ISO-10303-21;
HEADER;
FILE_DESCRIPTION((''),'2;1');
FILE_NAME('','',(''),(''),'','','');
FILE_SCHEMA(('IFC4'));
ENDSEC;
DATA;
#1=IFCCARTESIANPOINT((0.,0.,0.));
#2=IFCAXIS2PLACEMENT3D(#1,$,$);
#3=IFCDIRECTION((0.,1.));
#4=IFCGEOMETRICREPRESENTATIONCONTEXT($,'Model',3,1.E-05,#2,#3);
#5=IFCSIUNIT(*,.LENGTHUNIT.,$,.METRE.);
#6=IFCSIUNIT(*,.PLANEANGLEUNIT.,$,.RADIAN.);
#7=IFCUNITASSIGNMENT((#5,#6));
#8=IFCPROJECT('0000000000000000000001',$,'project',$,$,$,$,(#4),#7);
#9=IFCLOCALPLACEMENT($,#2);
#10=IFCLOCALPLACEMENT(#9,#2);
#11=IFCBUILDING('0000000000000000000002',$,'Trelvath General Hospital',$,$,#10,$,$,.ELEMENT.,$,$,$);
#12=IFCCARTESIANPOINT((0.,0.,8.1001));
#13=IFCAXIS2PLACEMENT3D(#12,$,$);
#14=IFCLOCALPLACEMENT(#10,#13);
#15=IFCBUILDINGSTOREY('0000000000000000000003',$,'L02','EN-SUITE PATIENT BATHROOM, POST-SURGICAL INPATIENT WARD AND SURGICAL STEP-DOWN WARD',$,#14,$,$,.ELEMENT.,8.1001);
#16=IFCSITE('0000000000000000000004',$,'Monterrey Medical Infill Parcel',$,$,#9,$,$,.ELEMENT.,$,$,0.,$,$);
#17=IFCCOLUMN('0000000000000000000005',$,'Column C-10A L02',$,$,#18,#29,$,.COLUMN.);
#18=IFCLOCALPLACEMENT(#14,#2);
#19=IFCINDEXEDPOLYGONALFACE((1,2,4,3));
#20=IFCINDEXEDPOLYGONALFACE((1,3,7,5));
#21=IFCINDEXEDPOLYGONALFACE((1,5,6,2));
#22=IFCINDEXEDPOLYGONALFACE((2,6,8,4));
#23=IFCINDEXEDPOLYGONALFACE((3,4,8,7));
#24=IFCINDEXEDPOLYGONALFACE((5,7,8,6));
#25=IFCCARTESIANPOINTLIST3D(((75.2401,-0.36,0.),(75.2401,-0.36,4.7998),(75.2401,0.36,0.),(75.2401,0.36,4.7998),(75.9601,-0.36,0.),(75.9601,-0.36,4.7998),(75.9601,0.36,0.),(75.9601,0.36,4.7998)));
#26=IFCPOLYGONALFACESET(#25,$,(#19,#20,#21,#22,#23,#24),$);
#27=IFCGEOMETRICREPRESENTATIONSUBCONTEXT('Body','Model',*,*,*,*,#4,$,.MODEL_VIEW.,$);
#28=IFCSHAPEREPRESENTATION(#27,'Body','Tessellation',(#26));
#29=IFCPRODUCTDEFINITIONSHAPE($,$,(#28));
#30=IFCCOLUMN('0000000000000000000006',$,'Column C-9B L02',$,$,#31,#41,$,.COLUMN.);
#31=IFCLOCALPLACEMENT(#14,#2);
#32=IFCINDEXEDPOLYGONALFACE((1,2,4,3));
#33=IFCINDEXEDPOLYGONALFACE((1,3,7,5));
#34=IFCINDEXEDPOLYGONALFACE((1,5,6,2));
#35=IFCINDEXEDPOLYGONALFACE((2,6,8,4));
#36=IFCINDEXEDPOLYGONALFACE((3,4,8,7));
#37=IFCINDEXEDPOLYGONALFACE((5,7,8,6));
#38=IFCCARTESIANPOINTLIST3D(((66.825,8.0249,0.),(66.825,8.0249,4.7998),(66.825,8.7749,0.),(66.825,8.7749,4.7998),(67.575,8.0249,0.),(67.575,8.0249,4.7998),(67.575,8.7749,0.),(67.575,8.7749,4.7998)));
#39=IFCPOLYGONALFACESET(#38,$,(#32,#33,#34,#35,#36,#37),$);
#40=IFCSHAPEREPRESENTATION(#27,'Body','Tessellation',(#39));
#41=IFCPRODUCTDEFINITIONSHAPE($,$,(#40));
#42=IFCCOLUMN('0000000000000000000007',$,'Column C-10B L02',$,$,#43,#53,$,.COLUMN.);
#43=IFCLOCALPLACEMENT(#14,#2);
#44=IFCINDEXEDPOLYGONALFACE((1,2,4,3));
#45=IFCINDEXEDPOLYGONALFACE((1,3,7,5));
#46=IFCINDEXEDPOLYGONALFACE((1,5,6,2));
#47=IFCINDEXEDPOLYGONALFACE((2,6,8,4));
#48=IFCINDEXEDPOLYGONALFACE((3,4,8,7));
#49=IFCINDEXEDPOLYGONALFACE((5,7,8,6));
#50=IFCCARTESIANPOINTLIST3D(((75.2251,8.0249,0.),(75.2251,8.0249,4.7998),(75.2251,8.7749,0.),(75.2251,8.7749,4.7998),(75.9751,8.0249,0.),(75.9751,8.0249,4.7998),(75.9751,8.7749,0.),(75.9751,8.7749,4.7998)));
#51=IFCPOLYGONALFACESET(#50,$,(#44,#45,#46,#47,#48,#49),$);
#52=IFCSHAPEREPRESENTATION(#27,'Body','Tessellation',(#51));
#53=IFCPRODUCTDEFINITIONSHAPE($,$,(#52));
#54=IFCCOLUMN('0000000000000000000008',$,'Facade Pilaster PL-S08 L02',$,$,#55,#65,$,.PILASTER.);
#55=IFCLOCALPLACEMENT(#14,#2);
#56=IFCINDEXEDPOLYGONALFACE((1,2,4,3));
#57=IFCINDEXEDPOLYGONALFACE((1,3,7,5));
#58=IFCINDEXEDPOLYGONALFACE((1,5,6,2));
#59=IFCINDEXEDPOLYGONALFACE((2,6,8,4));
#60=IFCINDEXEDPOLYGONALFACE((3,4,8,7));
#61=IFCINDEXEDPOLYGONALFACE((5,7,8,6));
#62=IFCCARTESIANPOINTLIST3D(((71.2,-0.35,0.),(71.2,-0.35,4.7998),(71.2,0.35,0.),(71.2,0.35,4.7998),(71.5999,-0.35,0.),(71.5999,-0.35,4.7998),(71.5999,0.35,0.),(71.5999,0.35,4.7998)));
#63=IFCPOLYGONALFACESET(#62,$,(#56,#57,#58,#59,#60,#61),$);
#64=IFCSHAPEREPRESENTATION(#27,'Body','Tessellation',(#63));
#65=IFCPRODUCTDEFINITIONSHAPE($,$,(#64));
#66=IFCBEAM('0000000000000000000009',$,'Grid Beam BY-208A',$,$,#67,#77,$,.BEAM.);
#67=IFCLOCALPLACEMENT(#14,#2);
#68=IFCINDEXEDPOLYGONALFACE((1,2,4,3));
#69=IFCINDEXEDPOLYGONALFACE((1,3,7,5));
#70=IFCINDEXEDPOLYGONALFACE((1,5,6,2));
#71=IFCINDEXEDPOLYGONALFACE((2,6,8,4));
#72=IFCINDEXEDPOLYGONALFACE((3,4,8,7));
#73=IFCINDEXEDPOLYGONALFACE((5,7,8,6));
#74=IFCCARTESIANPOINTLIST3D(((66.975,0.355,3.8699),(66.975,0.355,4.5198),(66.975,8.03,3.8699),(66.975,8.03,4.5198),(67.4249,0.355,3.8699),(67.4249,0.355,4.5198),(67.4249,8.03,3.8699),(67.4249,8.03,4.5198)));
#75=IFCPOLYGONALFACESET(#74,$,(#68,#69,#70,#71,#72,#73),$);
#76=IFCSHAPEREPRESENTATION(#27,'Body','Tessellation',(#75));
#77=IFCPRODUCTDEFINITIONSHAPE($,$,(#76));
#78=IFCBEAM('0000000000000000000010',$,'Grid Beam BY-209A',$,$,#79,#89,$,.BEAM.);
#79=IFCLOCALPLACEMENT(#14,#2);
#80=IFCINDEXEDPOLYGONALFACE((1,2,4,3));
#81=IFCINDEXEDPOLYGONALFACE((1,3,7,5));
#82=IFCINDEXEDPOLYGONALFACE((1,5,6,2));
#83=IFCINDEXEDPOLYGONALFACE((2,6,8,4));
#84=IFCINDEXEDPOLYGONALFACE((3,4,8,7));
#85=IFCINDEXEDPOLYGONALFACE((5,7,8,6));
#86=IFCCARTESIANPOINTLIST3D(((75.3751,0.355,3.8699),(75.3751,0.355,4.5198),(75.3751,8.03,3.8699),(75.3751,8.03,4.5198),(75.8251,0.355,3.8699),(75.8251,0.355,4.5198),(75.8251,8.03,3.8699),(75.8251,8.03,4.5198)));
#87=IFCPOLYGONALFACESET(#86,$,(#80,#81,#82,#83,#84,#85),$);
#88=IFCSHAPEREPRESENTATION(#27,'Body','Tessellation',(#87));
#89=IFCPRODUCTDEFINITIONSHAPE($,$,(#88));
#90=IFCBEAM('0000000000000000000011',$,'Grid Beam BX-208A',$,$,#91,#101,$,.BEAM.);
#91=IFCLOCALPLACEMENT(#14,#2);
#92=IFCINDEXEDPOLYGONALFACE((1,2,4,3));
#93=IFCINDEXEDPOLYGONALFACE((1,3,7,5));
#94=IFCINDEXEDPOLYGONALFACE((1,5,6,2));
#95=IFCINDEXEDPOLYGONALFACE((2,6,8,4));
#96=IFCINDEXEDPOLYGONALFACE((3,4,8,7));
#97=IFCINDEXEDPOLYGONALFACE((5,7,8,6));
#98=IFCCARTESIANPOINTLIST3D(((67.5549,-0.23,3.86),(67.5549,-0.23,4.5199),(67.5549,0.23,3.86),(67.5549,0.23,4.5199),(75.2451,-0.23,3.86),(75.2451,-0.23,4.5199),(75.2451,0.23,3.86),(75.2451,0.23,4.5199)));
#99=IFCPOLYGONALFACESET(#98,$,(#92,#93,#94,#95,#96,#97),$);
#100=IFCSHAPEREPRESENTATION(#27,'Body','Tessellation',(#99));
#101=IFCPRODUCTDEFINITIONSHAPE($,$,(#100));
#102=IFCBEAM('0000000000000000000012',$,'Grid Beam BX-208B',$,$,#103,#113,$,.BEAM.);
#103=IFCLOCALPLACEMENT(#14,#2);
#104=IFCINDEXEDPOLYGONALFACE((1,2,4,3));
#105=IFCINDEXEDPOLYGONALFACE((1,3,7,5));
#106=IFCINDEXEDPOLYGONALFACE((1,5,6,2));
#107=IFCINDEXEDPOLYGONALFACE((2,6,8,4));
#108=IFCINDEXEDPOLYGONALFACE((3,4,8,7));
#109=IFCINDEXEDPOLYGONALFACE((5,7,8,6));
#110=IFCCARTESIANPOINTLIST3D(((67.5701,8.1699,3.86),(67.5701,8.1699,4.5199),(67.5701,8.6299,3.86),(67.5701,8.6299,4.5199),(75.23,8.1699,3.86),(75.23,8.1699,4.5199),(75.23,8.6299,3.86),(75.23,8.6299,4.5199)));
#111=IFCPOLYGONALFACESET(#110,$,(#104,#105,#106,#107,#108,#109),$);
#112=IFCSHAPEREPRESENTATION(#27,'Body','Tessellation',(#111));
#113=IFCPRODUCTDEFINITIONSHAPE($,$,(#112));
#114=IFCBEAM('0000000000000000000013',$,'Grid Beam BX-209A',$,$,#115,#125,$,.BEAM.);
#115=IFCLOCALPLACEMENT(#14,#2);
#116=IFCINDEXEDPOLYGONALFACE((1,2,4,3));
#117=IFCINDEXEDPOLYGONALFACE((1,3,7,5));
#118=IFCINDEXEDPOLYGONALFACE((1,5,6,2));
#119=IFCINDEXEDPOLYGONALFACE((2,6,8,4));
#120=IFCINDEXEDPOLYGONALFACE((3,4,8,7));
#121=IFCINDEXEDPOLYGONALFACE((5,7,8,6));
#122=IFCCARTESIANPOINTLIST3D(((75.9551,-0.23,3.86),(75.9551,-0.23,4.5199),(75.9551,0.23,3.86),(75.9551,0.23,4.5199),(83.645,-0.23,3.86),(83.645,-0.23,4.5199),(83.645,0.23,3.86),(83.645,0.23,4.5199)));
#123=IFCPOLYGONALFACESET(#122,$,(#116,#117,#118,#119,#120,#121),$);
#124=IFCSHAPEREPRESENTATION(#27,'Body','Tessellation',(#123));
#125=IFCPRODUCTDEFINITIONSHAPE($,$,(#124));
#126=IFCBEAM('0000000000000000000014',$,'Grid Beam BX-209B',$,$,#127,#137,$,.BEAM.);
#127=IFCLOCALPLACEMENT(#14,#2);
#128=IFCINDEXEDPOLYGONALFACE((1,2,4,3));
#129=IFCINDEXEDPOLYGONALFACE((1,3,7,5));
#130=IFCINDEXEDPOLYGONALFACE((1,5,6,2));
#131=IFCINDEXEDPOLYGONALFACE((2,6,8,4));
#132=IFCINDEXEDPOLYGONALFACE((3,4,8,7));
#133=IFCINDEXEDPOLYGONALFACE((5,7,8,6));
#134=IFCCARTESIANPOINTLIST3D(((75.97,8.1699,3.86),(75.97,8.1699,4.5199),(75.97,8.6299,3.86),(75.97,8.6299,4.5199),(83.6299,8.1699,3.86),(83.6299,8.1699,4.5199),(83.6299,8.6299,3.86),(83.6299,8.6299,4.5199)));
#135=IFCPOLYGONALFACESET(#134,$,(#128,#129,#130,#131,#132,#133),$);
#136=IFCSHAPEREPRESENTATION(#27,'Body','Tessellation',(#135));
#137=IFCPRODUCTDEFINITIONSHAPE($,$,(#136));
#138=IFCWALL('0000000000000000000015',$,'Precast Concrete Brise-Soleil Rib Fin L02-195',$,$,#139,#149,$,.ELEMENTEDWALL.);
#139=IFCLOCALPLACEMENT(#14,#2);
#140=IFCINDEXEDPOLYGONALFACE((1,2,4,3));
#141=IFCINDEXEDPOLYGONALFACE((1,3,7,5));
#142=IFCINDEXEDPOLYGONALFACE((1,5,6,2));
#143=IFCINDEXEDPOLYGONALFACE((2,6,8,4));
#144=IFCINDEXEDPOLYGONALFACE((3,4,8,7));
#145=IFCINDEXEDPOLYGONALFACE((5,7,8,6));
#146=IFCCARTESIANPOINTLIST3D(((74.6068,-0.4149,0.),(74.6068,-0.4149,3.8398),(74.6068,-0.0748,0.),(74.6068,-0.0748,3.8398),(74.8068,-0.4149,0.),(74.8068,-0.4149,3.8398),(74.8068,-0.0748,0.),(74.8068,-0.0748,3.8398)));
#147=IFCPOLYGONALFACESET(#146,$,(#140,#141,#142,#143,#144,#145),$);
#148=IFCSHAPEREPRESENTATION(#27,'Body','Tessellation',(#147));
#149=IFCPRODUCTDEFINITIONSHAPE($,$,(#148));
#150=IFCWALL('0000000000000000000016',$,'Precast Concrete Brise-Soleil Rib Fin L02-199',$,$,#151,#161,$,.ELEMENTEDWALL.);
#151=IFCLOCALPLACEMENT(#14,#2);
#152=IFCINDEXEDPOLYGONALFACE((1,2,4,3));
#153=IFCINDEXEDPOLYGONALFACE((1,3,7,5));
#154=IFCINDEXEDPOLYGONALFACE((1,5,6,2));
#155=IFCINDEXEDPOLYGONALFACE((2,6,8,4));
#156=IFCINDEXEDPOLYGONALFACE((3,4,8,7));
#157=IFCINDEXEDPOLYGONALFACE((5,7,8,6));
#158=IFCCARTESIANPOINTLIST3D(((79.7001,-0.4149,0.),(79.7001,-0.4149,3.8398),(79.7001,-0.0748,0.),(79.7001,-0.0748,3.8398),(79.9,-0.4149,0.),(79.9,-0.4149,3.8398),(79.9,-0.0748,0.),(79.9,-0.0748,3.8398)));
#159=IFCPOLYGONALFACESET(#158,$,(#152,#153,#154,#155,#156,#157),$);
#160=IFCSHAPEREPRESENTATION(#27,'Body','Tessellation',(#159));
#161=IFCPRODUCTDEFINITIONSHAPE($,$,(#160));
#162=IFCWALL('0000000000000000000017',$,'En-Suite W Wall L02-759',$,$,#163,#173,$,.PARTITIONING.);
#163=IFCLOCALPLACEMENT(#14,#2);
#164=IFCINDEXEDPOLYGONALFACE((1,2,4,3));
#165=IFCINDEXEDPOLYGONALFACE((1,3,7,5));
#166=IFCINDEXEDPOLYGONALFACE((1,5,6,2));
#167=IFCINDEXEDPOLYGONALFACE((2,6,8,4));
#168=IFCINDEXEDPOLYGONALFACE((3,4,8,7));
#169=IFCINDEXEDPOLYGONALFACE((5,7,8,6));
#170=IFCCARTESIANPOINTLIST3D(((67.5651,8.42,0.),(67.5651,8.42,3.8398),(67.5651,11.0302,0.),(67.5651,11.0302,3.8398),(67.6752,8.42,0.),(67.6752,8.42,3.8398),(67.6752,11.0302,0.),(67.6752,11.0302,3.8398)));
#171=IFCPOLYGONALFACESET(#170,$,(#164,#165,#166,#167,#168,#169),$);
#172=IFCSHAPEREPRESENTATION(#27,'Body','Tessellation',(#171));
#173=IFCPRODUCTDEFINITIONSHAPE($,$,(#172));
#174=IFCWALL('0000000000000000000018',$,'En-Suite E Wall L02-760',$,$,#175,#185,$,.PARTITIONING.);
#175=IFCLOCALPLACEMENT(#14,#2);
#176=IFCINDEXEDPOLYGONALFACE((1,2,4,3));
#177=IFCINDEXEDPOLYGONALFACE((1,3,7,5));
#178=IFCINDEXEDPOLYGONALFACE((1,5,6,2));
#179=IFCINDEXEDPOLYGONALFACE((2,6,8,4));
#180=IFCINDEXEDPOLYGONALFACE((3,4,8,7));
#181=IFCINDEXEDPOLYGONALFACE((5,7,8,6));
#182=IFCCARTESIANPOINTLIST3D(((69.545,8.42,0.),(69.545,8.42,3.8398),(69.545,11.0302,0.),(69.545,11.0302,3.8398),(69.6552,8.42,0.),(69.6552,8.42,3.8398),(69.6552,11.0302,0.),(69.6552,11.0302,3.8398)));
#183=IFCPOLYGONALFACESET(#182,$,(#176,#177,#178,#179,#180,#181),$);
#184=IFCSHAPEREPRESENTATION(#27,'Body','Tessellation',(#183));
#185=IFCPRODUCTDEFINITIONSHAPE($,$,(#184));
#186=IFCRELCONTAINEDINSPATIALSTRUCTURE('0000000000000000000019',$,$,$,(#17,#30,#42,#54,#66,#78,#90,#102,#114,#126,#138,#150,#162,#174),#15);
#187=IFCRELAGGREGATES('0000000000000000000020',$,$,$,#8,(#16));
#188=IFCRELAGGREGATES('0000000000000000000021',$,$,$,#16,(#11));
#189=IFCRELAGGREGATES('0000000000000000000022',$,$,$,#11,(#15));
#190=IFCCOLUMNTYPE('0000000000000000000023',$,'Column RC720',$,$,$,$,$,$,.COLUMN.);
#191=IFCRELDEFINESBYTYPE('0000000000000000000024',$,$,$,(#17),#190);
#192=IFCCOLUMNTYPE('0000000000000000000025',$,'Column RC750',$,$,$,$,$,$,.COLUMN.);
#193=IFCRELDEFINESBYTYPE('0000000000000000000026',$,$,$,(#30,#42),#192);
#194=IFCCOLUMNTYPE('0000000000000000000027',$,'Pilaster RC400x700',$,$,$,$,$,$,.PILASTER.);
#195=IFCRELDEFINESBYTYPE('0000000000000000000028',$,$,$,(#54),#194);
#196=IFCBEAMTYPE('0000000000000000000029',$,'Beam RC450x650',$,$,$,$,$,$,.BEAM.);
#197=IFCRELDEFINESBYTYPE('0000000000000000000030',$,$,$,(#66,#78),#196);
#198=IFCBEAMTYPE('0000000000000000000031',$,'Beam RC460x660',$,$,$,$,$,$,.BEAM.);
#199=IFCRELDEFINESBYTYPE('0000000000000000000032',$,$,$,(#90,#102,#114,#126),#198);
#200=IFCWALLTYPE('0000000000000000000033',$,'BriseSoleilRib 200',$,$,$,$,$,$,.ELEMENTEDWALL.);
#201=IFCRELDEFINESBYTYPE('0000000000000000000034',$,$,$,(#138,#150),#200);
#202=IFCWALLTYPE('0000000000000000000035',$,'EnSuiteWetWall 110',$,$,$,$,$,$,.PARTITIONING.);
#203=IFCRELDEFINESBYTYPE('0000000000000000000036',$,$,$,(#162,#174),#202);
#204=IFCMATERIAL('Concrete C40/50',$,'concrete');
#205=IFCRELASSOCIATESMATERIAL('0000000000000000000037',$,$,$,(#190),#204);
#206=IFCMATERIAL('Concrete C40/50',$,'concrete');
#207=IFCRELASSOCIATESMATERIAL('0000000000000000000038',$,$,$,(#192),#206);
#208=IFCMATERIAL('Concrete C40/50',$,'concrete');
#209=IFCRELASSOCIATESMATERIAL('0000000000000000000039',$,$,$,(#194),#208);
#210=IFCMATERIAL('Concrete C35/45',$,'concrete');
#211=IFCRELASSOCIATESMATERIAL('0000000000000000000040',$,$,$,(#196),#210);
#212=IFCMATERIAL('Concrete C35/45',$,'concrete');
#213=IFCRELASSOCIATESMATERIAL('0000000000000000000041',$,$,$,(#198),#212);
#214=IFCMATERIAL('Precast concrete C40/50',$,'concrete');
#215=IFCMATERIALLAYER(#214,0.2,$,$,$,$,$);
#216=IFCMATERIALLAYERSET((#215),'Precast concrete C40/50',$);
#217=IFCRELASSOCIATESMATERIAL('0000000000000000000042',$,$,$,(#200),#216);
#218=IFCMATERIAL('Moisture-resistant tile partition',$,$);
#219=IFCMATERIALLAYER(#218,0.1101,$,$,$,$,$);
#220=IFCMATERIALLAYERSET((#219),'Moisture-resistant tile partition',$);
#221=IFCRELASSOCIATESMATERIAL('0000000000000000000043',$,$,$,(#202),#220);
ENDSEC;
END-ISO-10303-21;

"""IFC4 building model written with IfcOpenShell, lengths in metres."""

from ifc_helpers import new_model, si_unit, direction, frame, frame_2d, origin, origin_2d, place, context, subcontext, project, spatial, rectangle, extrude, material, layer, layer_set, material_profile, profile_set, type_object, element, save


model = new_model("IFC4")

# Units and contexts
model_context = context("Model", 3, precision=1e-05, world=origin(), true_north=direction((0.0, 1.0)))
body_context = subcontext(model_context, "Body", "Model", "MODEL_VIEW")
ifc_project = project(units=[si_unit("LENGTHUNIT", "METRE"), si_unit("PLANEANGLEUNIT", "RADIAN")], contexts=[model_context])

# Site, building, storey
site_placement = place(None, origin())
site = spatial("IfcSite", under=ifc_project, at=site_placement, Name="Monterrey Medical Infill Parcel", CompositionType="ELEMENT", RefElevation=0.0)
building_placement = place(site_placement, origin())
building = spatial("IfcBuilding", under=site, at=building_placement, Name="Trelvath General Hospital", CompositionType="ELEMENT")
storey_placement = place(building_placement, frame((0.0, 0.0, 8.1001)))
storey = spatial("IfcBuildingStorey", under=building, at=storey_placement, Name="L02", Description="EN-SUITE PATIENT BATHROOM, POST-SURGICAL INPATIENT WARD AND SURGICAL STEP-DOWN WARD", CompositionType="ELEMENT", Elevation=8.1001)

# Columns
ifc_material_1 = material(Name="Concrete C40/50", Category="concrete")
ifc_material_profile_1 = material_profile(ifc_material_1, rectangle(XDim=0.72, YDim=0.72, at=origin_2d()), Name="RC720x720")
ifc_profile_set_1 = profile_set([ifc_material_profile_1], Name="Concrete C40/50")
column_type_1 = type_object("IfcColumnType", Name="Column RC720", PredefinedType="COLUMN", material=ifc_profile_set_1)
column_1_placement = place(storey_placement, frame((75.6001, 0.0, 0.0), z_axis=(0.0, 0.0, 1.0), x_axis=(1.0, 0.0, 0.0)))
element("IfcColumn", 1, at=column_1_placement, inside=storey, type_object=column_type_1, Name="Column C-10A L02", PredefinedType="COLUMN", context=body_context, shape_type="SweptSolid", body=[
    extrude(rectangle(XDim=0.72, YDim=0.72, at=origin_2d()), origin(), (0.0, 0.0, 1.0), 4.7998),
])
ifc_material_2 = material(Name="Concrete C40/50", Category="concrete")
ifc_material_profile_2 = material_profile(ifc_material_2, rectangle(XDim=0.75, YDim=0.75, at=origin_2d()), Name="RC750x750")
ifc_profile_set_2 = profile_set([ifc_material_profile_2], Name="Concrete C40/50")
column_type_2 = type_object("IfcColumnType", Name="Column RC750", PredefinedType="COLUMN", material=ifc_profile_set_2)
for number, where, z_axis, x_axis, name in (
    (2, (67.2, 8.3999, 0.0), (0.0, 0.0, 1.0), (1.0, 0.0, 0.0), "Column C-9B L02"),
    (3, (75.6001, 8.3999, 0.0), (0.0, 0.0, 1.0), (1.0, 0.0, 0.0), "Column C-10B L02"),
):
    element("IfcColumn", number, at=place(storey_placement, frame(where, z_axis=z_axis, x_axis=x_axis)), inside=storey, type_object=column_type_2, Name=name, PredefinedType="COLUMN", context=body_context, shape_type="SweptSolid", body=[
        extrude(rectangle(XDim=0.75, YDim=0.75, at=origin_2d()), origin(), (0.0, 0.0, 1.0), 4.7998),
    ])
ifc_material_3 = material(Name="Concrete C40/50", Category="concrete")
ifc_material_profile_3 = material_profile(ifc_material_3, rectangle(XDim=0.3999, YDim=0.7, at=origin_2d()), Name="RC400x700")
ifc_profile_set_3 = profile_set([ifc_material_profile_3], Name="Concrete C40/50")
column_type_3 = type_object("IfcColumnType", Name="Pilaster RC400x700", PredefinedType="PILASTER", material=ifc_profile_set_3)
column_2_placement = place(storey_placement, frame((71.3999, 0.0, 0.0), z_axis=(0.0, 0.0, 1.0), x_axis=(1.0, 0.0, 0.0)))
element("IfcColumn", 4, at=column_2_placement, inside=storey, type_object=column_type_3, Name="Facade Pilaster PL-S08 L02", PredefinedType="PILASTER", context=body_context, shape_type="SweptSolid", body=[
    extrude(rectangle(XDim=0.3999, YDim=0.7, at=origin_2d()), origin(), (0.0, 0.0, 1.0), 4.7998),
])

# Beams
ifc_material_4 = material(Name="Concrete C35/45", Category="concrete")
ifc_material_profile_4 = material_profile(ifc_material_4, rectangle(XDim=0.45, YDim=0.6499, at=origin_2d()), Name="RCB450x650")
ifc_profile_set_4 = profile_set([ifc_material_profile_4], Name="Concrete C35/45")
beam_type_1 = type_object("IfcBeamType", Name="Beam RC450x650", PredefinedType="BEAM", material=ifc_profile_set_4)
for number, where, z_axis, x_axis, name in (
    (5, (67.2, 0.355, 4.1948), (0.0, 1.0, 0.0), (-1.0, 0.0, 0.0), "Grid Beam BY-208A"),
    (6, (75.6001, 0.355, 4.1948), (0.0, 1.0, 0.0), (-1.0, 0.0, 0.0), "Grid Beam BY-209A"),
):
    element("IfcBeam", number, at=place(storey_placement, frame(where, z_axis=z_axis, x_axis=x_axis)), inside=storey, type_object=beam_type_1, Name=name, PredefinedType="BEAM", context=body_context, shape_type="SweptSolid", body=[
        extrude(rectangle(XDim=0.45, YDim=0.6499, at=origin_2d()), origin(), (0.0, 0.0, 1.0), 7.675),
    ])
ifc_material_5 = material(Name="Concrete C35/45", Category="concrete")
ifc_material_profile_5 = material_profile(ifc_material_5, rectangle(XDim=0.46, YDim=0.6599, at=origin_2d()), Name="RCB460x660")
ifc_profile_set_5 = profile_set([ifc_material_profile_5], Name="Concrete C35/45")
beam_type_2 = type_object("IfcBeamType", Name="Beam RC460x660", PredefinedType="BEAM", material=ifc_profile_set_5)
beam_1_placement = place(storey_placement, frame((67.5549, 0.0, 4.1899), z_axis=(1.0, 0.0, 0.0), x_axis=(0.0, 1.0, 0.0)))
element("IfcBeam", 7, at=beam_1_placement, inside=storey, type_object=beam_type_2, Name="Grid Beam BX-208A", PredefinedType="BEAM", context=body_context, shape_type="SweptSolid", body=[
    extrude(rectangle(XDim=0.46, YDim=0.6599, at=origin_2d()), origin(), (0.0, 0.0, 1.0), 7.6902),
])
beam_2_placement = place(storey_placement, frame((67.5701, 8.3999, 4.1899), z_axis=(1.0, 0.0, 0.0), x_axis=(0.0, 1.0, 0.0)))
element("IfcBeam", 8, at=beam_2_placement, inside=storey, type_object=beam_type_2, Name="Grid Beam BX-208B", PredefinedType="BEAM", context=body_context, shape_type="SweptSolid", body=[
    extrude(rectangle(XDim=0.46, YDim=0.6599, at=origin_2d()), origin(), (0.0, 0.0, 1.0), 7.6599),
])
beam_3_placement = place(storey_placement, frame((75.9551, 0.0, 4.1899), z_axis=(1.0, 0.0, 0.0), x_axis=(0.0, 1.0, 0.0)))
element("IfcBeam", 9, at=beam_3_placement, inside=storey, type_object=beam_type_2, Name="Grid Beam BX-209A", PredefinedType="BEAM", context=body_context, shape_type="SweptSolid", body=[
    extrude(rectangle(XDim=0.46, YDim=0.6599, at=origin_2d()), origin(), (0.0, 0.0, 1.0), 7.6899),
])
beam_4_placement = place(storey_placement, frame((75.97, 8.3999, 4.1899), z_axis=(1.0, 0.0, 0.0), x_axis=(0.0, 1.0, 0.0)))
element("IfcBeam", 10, at=beam_4_placement, inside=storey, type_object=beam_type_2, Name="Grid Beam BX-209B", PredefinedType="BEAM", context=body_context, shape_type="SweptSolid", body=[
    extrude(rectangle(XDim=0.46, YDim=0.6599, at=origin_2d()), origin(), (0.0, 0.0, 1.0), 7.6599),
])

# Walls
ifc_material_6 = material(Name="Precast concrete C40/50", Category="concrete")
ifc_layer_1 = layer(ifc_material_6, 0.2)
ifc_layer_set_1 = layer_set([ifc_layer_1], Name="Precast concrete C40/50")
wall_type_1 = type_object("IfcWallType", Name="BriseSoleilRib 200", PredefinedType="ELEMENTEDWALL", material=ifc_layer_set_1)
for number, where, z_axis, x_axis, name in (
    (11, (74.7068, -0.075, 0.0), (0.0, 0.0, 1.0), (0.0, -1.0, 0.0), "Precast Concrete Brise-Soleil Rib Fin L02-195"),
    (12, (79.8, -0.075, 0.0), (0.0, 0.0, 1.0), (0.0, -1.0, 0.0), "Precast Concrete Brise-Soleil Rib Fin L02-199"),
):
    element("IfcWall", number, at=place(storey_placement, frame(where, z_axis=z_axis, x_axis=x_axis)), inside=storey, type_object=wall_type_1, Name=name, PredefinedType="ELEMENTEDWALL", context=body_context, shape_type="SweptSolid", body=[
        extrude(rectangle(XDim=0.3401, YDim=0.2, at=frame_2d((0.1699, 0.0))), origin(), (0.0, 0.0, 1.0), 3.8398),
    ])
ifc_material_7 = material(Name="Moisture-resistant tile partition")
ifc_layer_2 = layer(ifc_material_7, 0.1101)
ifc_layer_set_2 = layer_set([ifc_layer_2], Name="Moisture-resistant tile partition")
wall_type_2 = type_object("IfcWallType", Name="EnSuiteWetWall 110", PredefinedType="PARTITIONING", material=ifc_layer_set_2)
for number, where, z_axis, x_axis, name in (
    (13, (67.6201, 8.4199, 0.0), (0.0, 0.0, 1.0), (0.0, 1.0, 0.0), "En-Suite W Wall L02-759"),
    (14, (69.6001, 8.4199, 0.0), (0.0, 0.0, 1.0), (0.0, 1.0, 0.0), "En-Suite E Wall L02-760"),
):
    element("IfcWall", number, at=place(storey_placement, frame(where, z_axis=z_axis, x_axis=x_axis)), inside=storey, type_object=wall_type_2, Name=name, PredefinedType="PARTITIONING", context=body_context, shape_type="SweptSolid", body=[
        extrude(rectangle(XDim=2.6101, YDim=0.1101, at=frame_2d((1.3052, 0.0))), origin(), (0.0, 0.0, 1.0), 3.8398),
    ])

save(model, "model.ifc")
